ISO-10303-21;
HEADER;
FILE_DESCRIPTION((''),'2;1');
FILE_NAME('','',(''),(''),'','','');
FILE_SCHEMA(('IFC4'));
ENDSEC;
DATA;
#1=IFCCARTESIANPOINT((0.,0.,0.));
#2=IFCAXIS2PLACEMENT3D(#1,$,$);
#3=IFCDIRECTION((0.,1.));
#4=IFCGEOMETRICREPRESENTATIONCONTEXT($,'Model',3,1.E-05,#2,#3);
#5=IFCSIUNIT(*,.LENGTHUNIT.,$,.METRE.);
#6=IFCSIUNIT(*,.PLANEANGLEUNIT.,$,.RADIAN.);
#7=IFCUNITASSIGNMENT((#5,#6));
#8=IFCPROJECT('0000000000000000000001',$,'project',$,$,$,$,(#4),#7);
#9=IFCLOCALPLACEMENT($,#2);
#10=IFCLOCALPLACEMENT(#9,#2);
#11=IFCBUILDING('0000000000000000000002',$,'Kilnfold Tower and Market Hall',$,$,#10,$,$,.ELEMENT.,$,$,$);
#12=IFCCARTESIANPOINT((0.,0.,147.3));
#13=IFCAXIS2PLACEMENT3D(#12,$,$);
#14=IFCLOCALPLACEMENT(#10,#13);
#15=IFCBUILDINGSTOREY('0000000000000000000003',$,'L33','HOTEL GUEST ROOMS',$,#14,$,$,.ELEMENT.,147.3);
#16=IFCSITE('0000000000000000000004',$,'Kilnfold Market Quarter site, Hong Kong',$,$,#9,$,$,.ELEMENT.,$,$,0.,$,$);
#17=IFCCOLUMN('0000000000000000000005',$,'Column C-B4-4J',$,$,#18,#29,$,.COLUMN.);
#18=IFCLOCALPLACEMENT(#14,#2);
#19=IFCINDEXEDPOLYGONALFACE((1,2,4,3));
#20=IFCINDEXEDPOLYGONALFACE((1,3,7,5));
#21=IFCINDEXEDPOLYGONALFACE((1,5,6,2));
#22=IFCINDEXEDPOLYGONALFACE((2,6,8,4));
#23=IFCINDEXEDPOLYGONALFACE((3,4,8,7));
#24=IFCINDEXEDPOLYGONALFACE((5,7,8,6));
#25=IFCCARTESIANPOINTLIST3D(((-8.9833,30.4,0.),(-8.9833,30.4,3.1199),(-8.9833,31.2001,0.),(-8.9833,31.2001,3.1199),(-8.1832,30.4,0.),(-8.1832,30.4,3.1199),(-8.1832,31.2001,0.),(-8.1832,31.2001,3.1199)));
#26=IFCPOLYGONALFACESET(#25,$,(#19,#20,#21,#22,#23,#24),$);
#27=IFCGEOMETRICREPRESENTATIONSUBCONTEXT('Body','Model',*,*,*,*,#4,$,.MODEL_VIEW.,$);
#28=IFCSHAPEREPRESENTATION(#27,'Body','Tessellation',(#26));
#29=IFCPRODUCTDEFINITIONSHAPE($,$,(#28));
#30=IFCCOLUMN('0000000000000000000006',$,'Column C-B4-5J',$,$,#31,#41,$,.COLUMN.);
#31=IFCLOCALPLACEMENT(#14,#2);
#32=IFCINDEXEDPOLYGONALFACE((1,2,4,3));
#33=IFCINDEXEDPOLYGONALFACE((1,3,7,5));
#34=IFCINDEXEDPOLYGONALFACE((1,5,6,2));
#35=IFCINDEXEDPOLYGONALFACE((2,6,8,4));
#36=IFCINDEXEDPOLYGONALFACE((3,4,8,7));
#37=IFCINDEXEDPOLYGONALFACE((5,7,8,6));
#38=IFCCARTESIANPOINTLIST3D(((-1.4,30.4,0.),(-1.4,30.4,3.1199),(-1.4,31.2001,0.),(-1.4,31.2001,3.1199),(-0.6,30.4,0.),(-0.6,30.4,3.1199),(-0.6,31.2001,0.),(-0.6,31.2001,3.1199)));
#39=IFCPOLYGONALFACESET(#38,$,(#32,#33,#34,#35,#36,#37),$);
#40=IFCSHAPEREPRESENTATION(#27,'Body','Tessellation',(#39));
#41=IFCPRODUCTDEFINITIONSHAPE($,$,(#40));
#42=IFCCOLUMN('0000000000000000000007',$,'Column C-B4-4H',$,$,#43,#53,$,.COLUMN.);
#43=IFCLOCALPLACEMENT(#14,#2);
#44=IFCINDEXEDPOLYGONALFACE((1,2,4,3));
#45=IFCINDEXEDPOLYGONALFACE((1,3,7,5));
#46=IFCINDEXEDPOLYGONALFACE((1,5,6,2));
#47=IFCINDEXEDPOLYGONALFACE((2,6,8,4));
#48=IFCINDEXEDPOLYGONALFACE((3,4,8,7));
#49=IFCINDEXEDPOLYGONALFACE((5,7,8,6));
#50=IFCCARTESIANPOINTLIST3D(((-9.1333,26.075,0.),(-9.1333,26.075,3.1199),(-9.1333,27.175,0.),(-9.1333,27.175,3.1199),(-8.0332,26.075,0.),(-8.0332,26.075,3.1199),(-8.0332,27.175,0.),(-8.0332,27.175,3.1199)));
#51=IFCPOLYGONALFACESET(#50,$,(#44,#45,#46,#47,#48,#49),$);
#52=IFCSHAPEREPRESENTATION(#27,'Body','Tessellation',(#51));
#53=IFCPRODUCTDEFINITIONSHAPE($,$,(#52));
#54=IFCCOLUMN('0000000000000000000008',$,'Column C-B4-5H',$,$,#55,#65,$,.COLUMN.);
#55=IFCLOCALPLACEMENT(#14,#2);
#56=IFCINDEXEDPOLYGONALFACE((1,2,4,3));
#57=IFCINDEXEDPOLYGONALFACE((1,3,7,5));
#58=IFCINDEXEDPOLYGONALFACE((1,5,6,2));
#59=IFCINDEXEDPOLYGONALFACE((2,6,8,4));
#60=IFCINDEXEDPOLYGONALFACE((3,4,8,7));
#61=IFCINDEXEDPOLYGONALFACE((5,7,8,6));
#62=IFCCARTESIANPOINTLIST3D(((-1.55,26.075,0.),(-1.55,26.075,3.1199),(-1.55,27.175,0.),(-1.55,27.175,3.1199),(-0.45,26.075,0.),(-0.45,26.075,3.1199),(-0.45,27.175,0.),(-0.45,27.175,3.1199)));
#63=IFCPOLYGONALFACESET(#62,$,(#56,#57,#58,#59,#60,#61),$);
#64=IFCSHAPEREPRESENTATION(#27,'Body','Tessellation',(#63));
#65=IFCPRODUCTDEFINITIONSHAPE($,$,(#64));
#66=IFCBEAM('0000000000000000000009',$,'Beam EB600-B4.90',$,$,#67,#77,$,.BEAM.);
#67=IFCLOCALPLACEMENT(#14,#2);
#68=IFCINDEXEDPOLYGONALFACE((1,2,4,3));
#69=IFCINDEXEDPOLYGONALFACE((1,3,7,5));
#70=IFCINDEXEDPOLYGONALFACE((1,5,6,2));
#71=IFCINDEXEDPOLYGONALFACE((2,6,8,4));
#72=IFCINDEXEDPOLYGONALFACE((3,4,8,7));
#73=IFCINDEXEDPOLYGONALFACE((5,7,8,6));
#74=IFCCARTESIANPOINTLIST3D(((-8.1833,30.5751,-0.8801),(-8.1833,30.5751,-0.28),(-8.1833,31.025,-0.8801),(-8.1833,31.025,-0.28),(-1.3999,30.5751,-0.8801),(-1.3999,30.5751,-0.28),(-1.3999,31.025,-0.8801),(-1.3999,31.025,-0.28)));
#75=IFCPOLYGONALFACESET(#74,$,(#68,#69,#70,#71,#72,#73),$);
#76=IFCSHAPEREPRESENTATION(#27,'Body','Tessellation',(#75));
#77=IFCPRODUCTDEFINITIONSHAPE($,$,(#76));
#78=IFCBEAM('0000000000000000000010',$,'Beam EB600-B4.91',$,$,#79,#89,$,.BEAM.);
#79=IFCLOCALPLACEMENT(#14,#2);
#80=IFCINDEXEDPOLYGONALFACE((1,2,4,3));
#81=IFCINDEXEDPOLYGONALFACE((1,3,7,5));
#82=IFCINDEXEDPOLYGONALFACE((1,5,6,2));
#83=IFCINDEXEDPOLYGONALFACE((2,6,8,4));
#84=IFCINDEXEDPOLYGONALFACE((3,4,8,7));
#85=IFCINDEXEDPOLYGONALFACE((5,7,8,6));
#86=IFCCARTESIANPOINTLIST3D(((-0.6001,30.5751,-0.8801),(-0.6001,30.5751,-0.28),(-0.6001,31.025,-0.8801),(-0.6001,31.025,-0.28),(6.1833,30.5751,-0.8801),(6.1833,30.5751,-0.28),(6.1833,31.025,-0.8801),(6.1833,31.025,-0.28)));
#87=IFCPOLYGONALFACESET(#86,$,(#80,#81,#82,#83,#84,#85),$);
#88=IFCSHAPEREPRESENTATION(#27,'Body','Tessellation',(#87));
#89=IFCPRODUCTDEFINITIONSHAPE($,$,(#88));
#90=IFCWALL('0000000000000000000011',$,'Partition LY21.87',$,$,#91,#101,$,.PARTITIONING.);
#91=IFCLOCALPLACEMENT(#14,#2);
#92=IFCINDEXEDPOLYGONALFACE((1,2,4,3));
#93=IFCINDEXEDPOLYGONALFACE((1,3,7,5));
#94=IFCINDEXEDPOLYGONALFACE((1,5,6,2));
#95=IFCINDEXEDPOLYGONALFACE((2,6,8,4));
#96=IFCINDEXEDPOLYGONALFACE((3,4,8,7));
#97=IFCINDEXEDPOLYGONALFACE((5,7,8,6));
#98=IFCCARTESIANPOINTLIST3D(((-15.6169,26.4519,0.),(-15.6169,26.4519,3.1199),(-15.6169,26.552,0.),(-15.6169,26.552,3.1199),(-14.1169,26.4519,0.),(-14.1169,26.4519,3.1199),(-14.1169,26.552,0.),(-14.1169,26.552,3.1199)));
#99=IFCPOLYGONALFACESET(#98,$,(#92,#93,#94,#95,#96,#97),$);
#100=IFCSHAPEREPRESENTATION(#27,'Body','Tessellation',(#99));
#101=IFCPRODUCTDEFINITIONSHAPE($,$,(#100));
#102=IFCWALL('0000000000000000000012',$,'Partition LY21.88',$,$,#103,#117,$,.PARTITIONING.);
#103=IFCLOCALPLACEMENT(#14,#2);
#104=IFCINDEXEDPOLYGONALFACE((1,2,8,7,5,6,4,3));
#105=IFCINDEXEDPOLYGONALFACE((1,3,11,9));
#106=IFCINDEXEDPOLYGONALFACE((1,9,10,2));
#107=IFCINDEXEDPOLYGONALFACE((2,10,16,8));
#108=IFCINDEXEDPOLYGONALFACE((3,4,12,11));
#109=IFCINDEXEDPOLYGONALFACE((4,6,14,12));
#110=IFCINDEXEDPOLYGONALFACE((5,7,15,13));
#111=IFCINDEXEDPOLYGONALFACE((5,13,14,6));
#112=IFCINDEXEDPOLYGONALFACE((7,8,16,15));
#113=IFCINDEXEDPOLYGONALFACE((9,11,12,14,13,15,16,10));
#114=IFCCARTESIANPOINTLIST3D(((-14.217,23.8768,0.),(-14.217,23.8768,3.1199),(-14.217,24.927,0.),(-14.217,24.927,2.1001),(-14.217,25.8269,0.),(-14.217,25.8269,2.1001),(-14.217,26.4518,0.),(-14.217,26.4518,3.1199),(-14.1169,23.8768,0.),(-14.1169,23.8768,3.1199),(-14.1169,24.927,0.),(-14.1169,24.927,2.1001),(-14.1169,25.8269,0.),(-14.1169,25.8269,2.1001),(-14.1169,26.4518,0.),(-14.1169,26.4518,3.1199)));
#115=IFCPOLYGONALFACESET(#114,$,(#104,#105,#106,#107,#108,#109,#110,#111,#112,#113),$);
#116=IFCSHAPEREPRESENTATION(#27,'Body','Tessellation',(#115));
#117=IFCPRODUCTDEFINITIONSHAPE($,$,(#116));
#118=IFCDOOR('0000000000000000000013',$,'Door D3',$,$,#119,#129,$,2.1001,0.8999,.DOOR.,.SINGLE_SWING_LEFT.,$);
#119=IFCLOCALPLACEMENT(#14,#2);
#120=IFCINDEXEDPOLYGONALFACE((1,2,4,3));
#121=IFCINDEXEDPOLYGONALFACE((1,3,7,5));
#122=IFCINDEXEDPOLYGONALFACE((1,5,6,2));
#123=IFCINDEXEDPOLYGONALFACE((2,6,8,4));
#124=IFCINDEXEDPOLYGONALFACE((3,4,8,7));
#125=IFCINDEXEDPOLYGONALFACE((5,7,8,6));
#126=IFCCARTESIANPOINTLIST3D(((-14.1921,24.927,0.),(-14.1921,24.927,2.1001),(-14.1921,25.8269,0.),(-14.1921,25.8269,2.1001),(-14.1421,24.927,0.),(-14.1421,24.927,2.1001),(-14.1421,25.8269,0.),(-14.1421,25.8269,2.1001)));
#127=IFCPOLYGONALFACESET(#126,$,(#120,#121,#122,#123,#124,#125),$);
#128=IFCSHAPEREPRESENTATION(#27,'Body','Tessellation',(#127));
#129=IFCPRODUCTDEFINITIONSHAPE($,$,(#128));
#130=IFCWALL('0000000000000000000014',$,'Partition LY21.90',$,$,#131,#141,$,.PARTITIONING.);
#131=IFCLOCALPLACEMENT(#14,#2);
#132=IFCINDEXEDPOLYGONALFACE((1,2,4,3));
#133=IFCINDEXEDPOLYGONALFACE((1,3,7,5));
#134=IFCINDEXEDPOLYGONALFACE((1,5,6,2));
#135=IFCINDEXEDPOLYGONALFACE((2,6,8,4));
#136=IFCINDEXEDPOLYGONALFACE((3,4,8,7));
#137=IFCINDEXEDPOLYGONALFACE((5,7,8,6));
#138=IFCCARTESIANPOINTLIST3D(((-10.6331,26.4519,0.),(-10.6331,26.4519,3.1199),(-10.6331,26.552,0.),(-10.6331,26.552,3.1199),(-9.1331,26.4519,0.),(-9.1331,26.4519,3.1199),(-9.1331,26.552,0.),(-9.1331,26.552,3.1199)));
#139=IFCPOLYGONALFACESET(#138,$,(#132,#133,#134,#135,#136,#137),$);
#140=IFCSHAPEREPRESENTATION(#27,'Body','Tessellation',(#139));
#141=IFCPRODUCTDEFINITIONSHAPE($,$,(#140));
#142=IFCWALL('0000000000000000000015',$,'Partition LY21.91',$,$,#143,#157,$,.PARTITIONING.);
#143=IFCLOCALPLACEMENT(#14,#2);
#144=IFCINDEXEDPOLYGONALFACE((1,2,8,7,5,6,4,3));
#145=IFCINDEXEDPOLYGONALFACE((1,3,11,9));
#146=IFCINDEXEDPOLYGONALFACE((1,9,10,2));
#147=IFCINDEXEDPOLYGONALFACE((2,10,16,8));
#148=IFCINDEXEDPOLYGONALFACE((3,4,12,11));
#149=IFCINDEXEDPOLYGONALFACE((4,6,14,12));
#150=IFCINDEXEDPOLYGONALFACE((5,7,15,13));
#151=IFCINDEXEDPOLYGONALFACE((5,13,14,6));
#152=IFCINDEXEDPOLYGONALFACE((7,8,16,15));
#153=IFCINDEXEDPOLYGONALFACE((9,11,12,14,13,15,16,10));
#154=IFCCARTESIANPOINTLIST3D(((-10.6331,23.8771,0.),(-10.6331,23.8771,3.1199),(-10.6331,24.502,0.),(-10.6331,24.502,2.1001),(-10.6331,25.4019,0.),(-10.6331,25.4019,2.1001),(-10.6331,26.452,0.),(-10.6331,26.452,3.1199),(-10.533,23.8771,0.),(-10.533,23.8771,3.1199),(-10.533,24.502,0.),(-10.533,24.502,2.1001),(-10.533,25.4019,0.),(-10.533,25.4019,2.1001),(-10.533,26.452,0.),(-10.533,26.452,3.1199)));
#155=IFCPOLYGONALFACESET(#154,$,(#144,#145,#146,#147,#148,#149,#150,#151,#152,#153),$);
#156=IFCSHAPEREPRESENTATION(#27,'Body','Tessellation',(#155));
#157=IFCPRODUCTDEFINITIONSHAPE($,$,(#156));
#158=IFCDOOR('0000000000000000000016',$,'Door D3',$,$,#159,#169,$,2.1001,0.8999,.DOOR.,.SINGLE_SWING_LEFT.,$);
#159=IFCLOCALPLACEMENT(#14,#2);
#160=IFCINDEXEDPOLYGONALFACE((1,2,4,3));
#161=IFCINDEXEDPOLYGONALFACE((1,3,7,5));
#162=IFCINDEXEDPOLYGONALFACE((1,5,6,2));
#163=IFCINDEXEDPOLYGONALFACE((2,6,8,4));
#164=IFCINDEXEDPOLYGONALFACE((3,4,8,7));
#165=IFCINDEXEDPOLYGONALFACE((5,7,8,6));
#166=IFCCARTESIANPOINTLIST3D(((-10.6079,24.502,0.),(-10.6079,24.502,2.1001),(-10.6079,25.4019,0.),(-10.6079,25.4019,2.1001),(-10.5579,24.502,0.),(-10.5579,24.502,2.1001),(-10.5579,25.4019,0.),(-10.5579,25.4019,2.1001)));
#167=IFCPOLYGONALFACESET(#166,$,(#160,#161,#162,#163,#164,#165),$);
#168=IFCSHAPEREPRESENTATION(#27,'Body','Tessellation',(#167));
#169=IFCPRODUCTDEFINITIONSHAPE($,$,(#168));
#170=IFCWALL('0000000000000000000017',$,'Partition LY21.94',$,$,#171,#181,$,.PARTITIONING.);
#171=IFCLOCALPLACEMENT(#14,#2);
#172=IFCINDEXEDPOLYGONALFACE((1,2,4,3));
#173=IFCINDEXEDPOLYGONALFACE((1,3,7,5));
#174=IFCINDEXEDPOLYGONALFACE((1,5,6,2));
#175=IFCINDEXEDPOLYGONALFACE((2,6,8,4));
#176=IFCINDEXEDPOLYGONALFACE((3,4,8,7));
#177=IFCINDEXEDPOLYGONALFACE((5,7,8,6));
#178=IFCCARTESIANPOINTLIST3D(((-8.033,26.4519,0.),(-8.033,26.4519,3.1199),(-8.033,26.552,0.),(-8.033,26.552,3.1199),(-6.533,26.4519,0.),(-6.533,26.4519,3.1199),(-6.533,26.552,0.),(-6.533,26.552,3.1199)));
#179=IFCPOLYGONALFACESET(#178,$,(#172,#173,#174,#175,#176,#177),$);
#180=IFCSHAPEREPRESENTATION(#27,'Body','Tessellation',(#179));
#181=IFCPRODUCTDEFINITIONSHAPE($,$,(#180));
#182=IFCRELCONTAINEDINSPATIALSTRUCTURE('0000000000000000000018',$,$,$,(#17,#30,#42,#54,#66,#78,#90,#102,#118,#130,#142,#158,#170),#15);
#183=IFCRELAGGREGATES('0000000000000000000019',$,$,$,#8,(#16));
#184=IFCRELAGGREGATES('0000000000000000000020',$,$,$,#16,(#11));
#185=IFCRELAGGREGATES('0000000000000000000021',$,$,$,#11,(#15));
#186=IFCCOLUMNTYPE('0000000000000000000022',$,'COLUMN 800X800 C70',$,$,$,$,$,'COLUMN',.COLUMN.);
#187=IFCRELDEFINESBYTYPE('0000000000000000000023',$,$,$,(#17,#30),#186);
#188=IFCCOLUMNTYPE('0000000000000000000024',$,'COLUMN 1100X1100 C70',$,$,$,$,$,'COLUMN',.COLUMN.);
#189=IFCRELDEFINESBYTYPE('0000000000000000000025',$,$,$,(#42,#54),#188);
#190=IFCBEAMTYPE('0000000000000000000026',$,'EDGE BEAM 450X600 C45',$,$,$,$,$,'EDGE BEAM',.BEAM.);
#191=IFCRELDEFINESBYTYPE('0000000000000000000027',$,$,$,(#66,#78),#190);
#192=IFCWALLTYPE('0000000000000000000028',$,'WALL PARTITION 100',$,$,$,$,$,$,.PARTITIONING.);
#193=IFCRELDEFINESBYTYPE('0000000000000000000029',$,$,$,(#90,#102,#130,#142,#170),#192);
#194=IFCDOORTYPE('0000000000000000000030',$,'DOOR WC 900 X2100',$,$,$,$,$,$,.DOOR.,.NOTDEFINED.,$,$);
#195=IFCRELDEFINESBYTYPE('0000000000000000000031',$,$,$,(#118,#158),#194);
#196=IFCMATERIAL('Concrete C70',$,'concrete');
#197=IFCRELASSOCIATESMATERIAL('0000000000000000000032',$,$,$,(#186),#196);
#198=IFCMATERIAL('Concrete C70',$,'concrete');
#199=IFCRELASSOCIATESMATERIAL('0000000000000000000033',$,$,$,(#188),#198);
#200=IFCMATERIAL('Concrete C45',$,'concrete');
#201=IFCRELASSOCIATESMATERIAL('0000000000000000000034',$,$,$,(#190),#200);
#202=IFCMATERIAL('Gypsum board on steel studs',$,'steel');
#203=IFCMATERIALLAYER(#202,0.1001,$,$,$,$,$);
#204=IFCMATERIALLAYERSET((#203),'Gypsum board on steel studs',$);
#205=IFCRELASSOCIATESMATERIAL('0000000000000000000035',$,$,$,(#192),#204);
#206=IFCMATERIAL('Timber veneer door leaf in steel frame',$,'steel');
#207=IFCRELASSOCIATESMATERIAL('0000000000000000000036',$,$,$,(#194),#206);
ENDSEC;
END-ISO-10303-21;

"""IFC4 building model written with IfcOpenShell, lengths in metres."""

from ifc_helpers import new_model, si_unit, direction, frame, frame_2d, origin, origin_2d, place, context, subcontext, project, spatial, rectangle, extrude, source, transform, mapped, material, layer, layer_set, material_profile, profile_set, type_object, element, fill, save


model = new_model("IFC4")

# Units and contexts
model_context = context("Model", 3, precision=1e-05, world=origin(), true_north=direction((0.0, 1.0)))
body_context = subcontext(model_context, "Body", "Model", "MODEL_VIEW")
ifc_project = project(units=[si_unit("LENGTHUNIT", "METRE"), si_unit("PLANEANGLEUNIT", "RADIAN")], contexts=[model_context])

# Site, building, storey
site_placement = place(None, origin())
site = spatial("IfcSite", under=ifc_project, at=site_placement, Name="Kilnfold Market Quarter site, Hong Kong", CompositionType="ELEMENT", RefElevation=0.0)
building_placement = place(site_placement, origin())
building = spatial("IfcBuilding", under=site, at=building_placement, Name="Kilnfold Tower and Market Hall", CompositionType="ELEMENT")
storey_placement = place(building_placement, frame((0.0, 0.0, 147.3)))
storey = spatial("IfcBuildingStorey", under=building, at=storey_placement, Name="L33", Description="HOTEL GUEST ROOMS", CompositionType="ELEMENT", Elevation=147.3)

# Columns
ifc_material_1 = material(Name="Concrete C70", Category="concrete")
ifc_material_profile_1 = material_profile(ifc_material_1, rectangle(XDim=0.8, YDim=0.8, at=origin_2d()), Name="RC 800x800")
ifc_profile_set_1 = profile_set([ifc_material_profile_1], Name="Concrete C70")
column_type_1 = type_object("IfcColumnType", Name="COLUMN 800X800 C70", ElementType="COLUMN", PredefinedType="COLUMN", material=ifc_profile_set_1)
shared_shape_1 = source(origin(), body_context, "Body", "SweptSolid", [
    extrude(rectangle(XDim=0.8, YDim=0.8, at=origin_2d()), origin(), (0.0, 0.0, 1.0), 3.1199),
])
for number, where, z_axis, x_axis, name in (
    (1, (-8.5833, 30.8, 0.0), (0.0, 0.0, 1.0), (1.0, 0.0, 0.0), "Column C-B4-4J"),
    (2, (-1.0, 30.8, 0.0), (0.0, 0.0, 1.0), (1.0, 0.0, 0.0), "Column C-B4-5J"),
):
    element("IfcColumn", number, at=place(storey_placement, frame(where, z_axis=z_axis, x_axis=x_axis)), inside=storey, type_object=column_type_1, Name=name, PredefinedType="COLUMN", context=body_context, shape_type="MappedRepresentation", body=[
        mapped(shared_shape_1, transform((0.0, 0.0, 0.0))),
    ])
ifc_material_2 = material(Name="Concrete C70", Category="concrete")
ifc_material_profile_2 = material_profile(ifc_material_2, rectangle(XDim=1.1001, YDim=1.1001, at=origin_2d()), Name="RC 1100x1100")
ifc_profile_set_2 = profile_set([ifc_material_profile_2], Name="Concrete C70")
column_type_2 = type_object("IfcColumnType", Name="COLUMN 1100X1100 C70", ElementType="COLUMN", PredefinedType="COLUMN", material=ifc_profile_set_2)
shared_shape_2 = source(origin(), body_context, "Body", "SweptSolid", [
    extrude(rectangle(XDim=1.1001, YDim=1.1001, at=origin_2d()), origin(), (0.0, 0.0, 1.0), 3.1199),
])
for number, where, z_axis, x_axis, name in (
    (3, (-8.5833, 26.625, 0.0), (0.0, 0.0, 1.0), (1.0, 0.0, 0.0), "Column C-B4-4H"),
    (4, (-1.0, 26.625, 0.0), (0.0, 0.0, 1.0), (1.0, 0.0, 0.0), "Column C-B4-5H"),
):
    element("IfcColumn", number, at=place(storey_placement, frame(where, z_axis=z_axis, x_axis=x_axis)), inside=storey, type_object=column_type_2, Name=name, PredefinedType="COLUMN", context=body_context, shape_type="MappedRepresentation", body=[
        mapped(shared_shape_2, transform((0.0, 0.0, 0.0))),
    ])

# Beams
ifc_material_3 = material(Name="Concrete C45", Category="concrete")
ifc_material_profile_3 = material_profile(ifc_material_3, rectangle(XDim=0.45, YDim=0.6001, at=origin_2d()), Name="RC 450x600")
ifc_profile_set_3 = profile_set([ifc_material_profile_3], Name="Concrete C45")
beam_type = type_object("IfcBeamType", Name="EDGE BEAM 450X600 C45", ElementType="EDGE BEAM", PredefinedType="BEAM", material=ifc_profile_set_3)
shared_shape_3 = source(origin(), body_context, "Body", "SweptSolid", [
    extrude(rectangle(XDim=0.45, YDim=0.6001, at=origin_2d()), origin(), (0.0, 0.0, 1.0), 6.7834),
])
for number, where, z_axis, x_axis, name in (
    (5, (-8.1833, 30.8, -0.5801), (1.0, 0.0, 0.0), (0.0, 1.0, 0.0), "Beam EB600-B4.90"),
    (6, (-0.6001, 30.8, -0.5801), (1.0, 0.0, 0.0), (0.0, 1.0, 0.0), "Beam EB600-B4.91"),
):
    element("IfcBeam", number, at=place(storey_placement, frame(where, z_axis=z_axis, x_axis=x_axis)), inside=storey, type_object=beam_type, Name=name, PredefinedType="BEAM", context=body_context, shape_type="MappedRepresentation", body=[
        mapped(shared_shape_3, transform((0.0, 0.0, 0.0))),
    ])

# Wall
ifc_material_4 = material(Name="Gypsum board on steel studs", Category="steel")
ifc_layer_1 = layer(ifc_material_4, 0.1001)
ifc_layer_set_1 = layer_set([ifc_layer_1], Name="Gypsum board on steel studs")
wall_type_1 = type_object("IfcWallType", Name="WALL PARTITION 100", PredefinedType="PARTITIONING", material=ifc_layer_set_1)
wall_1_placement = place(storey_placement, frame((-15.6169, 26.502, 0.0), z_axis=(0.0, 0.0, 1.0), x_axis=(1.0, 0.0, 0.0)))
element("IfcWall", 7, at=wall_1_placement, inside=storey, type_object=wall_type_1, Name="Partition LY21.87", PredefinedType="PARTITIONING", context=body_context, shape_type="SweptSolid", body=[
    extrude(rectangle(XDim=1.5, YDim=0.1001, at=frame_2d((0.75, 0.0))), origin(), (0.0, 0.0, 1.0), 3.1199),
])

# Wall, opening, door
wall_2_placement = place(storey_placement, frame((-14.167, 26.4519, 0.0), z_axis=(0.0, 0.0, 1.0), x_axis=(0.0, -1.0, 0.0)))
wall_2 = element("IfcWall", 8, at=wall_2_placement, inside=storey, type_object=wall_type_1, Name="Partition LY21.88", PredefinedType="PARTITIONING", context=body_context, shape_type="SweptSolid", body=[
    extrude(rectangle(XDim=2.575, YDim=0.1001, at=frame_2d((1.2876, 0.0))), origin(), (0.0, 0.0, 1.0), 3.1199),
])
opening_1_placement = place(wall_2_placement, frame((0.625, 0.0, 0.0)))
opening_1 = element("IfcOpeningElement", 9, at=opening_1_placement, cuts=wall_2, PredefinedType="OPENING", context=body_context, shape_type="SweptSolid", body=[
    extrude(rectangle(XDim=0.8999, YDim=2.1001, at=frame_2d((0.45, 1.05))), frame((0.0, 0.0601, 0.0), z_axis=(0.0, -1.0, 0.0), x_axis=(1.0, 0.0, 0.0)), (0.0, 0.0, 1.0), 0.1201),
])
ifc_material_5 = material(Name="Timber veneer door leaf in steel frame", Category="steel")
door_type = type_object("IfcDoorType", Name="DOOR WC 900 X2100", OperationType="NOTDEFINED", PredefinedType="DOOR", material=ifc_material_5)
door_1_placement = place(opening_1_placement, origin())
door_1 = element("IfcDoor", 10, at=door_1_placement, inside=storey, type_object=door_type, Name="Door D3", OperationType="SINGLE_SWING_LEFT", OverallHeight=2.1001, OverallWidth=0.8999, PredefinedType="DOOR", context=body_context, shape_type="SweptSolid", body=[
    extrude(rectangle(XDim=0.8999, YDim=2.1001, at=frame_2d((0.45, 1.05))), frame((0.0, 0.0249, 0.0), z_axis=(0.0, -1.0, 0.0), x_axis=(1.0, 0.0, 0.0)), (0.0, 0.0, 1.0), 0.05),
])
fill(opening_1, door_1)

# Wall
wall_3_placement = place(storey_placement, frame((-10.6331, 26.502, 0.0), z_axis=(0.0, 0.0, 1.0), x_axis=(1.0, 0.0, 0.0)))
element("IfcWall", 11, at=wall_3_placement, inside=storey, type_object=wall_type_1, Name="Partition LY21.90", PredefinedType="PARTITIONING", context=body_context, shape_type="SweptSolid", body=[
    extrude(rectangle(XDim=1.5, YDim=0.1001, at=frame_2d((0.75, 0.0))), origin(), (0.0, 0.0, 1.0), 3.1199),
])

# Wall, opening, door
wall_4_placement = place(storey_placement, frame((-10.583, 23.877, 0.0), z_axis=(0.0, 0.0, 1.0), x_axis=(0.0, 1.0, 0.0)))
wall_4 = element("IfcWall", 12, at=wall_4_placement, inside=storey, type_object=wall_type_1, Name="Partition LY21.91", PredefinedType="PARTITIONING", context=body_context, shape_type="SweptSolid", body=[
    extrude(rectangle(XDim=2.575, YDim=0.1001, at=frame_2d((1.2876, 0.0))), origin(), (0.0, 0.0, 1.0), 3.1199),
])
opening_2_placement = place(wall_4_placement, frame((0.625, 0.0, 0.0)))
opening_2 = element("IfcOpeningElement", 13, at=opening_2_placement, cuts=wall_4, PredefinedType="OPENING", context=body_context, shape_type="SweptSolid", body=[
    extrude(rectangle(XDim=0.8999, YDim=2.1001, at=frame_2d((0.45, 1.05))), frame((0.0, 0.0601, 0.0), z_axis=(0.0, -1.0, 0.0), x_axis=(1.0, 0.0, 0.0)), (0.0, 0.0, 1.0), 0.1201),
])
door_2_placement = place(opening_2_placement, origin())
door_2 = element("IfcDoor", 14, at=door_2_placement, inside=storey, type_object=door_type, Name="Door D3", OperationType="SINGLE_SWING_LEFT", OverallHeight=2.1001, OverallWidth=0.8999, PredefinedType="DOOR", context=body_context, shape_type="SweptSolid", body=[
    extrude(rectangle(XDim=0.8999, YDim=2.1001, at=frame_2d((0.45, 1.05))), frame((0.0, 0.0249, 0.0), z_axis=(0.0, -1.0, 0.0), x_axis=(1.0, 0.0, 0.0)), (0.0, 0.0, 1.0), 0.05),
])
fill(opening_2, door_2)

# Wall
wall_5_placement = place(storey_placement, frame((-8.033, 26.502, 0.0), z_axis=(0.0, 0.0, 1.0), x_axis=(1.0, 0.0, 0.0)))
element("IfcWall", 15, at=wall_5_placement, inside=storey, type_object=wall_type_1, Name="Partition LY21.94", PredefinedType="PARTITIONING", context=body_context, shape_type="SweptSolid", body=[
    extrude(rectangle(XDim=1.5, YDim=0.1001, at=frame_2d((0.75, 0.0))), origin(), (0.0, 0.0, 1.0), 3.1199),
])

save(model, "model.ifc")
